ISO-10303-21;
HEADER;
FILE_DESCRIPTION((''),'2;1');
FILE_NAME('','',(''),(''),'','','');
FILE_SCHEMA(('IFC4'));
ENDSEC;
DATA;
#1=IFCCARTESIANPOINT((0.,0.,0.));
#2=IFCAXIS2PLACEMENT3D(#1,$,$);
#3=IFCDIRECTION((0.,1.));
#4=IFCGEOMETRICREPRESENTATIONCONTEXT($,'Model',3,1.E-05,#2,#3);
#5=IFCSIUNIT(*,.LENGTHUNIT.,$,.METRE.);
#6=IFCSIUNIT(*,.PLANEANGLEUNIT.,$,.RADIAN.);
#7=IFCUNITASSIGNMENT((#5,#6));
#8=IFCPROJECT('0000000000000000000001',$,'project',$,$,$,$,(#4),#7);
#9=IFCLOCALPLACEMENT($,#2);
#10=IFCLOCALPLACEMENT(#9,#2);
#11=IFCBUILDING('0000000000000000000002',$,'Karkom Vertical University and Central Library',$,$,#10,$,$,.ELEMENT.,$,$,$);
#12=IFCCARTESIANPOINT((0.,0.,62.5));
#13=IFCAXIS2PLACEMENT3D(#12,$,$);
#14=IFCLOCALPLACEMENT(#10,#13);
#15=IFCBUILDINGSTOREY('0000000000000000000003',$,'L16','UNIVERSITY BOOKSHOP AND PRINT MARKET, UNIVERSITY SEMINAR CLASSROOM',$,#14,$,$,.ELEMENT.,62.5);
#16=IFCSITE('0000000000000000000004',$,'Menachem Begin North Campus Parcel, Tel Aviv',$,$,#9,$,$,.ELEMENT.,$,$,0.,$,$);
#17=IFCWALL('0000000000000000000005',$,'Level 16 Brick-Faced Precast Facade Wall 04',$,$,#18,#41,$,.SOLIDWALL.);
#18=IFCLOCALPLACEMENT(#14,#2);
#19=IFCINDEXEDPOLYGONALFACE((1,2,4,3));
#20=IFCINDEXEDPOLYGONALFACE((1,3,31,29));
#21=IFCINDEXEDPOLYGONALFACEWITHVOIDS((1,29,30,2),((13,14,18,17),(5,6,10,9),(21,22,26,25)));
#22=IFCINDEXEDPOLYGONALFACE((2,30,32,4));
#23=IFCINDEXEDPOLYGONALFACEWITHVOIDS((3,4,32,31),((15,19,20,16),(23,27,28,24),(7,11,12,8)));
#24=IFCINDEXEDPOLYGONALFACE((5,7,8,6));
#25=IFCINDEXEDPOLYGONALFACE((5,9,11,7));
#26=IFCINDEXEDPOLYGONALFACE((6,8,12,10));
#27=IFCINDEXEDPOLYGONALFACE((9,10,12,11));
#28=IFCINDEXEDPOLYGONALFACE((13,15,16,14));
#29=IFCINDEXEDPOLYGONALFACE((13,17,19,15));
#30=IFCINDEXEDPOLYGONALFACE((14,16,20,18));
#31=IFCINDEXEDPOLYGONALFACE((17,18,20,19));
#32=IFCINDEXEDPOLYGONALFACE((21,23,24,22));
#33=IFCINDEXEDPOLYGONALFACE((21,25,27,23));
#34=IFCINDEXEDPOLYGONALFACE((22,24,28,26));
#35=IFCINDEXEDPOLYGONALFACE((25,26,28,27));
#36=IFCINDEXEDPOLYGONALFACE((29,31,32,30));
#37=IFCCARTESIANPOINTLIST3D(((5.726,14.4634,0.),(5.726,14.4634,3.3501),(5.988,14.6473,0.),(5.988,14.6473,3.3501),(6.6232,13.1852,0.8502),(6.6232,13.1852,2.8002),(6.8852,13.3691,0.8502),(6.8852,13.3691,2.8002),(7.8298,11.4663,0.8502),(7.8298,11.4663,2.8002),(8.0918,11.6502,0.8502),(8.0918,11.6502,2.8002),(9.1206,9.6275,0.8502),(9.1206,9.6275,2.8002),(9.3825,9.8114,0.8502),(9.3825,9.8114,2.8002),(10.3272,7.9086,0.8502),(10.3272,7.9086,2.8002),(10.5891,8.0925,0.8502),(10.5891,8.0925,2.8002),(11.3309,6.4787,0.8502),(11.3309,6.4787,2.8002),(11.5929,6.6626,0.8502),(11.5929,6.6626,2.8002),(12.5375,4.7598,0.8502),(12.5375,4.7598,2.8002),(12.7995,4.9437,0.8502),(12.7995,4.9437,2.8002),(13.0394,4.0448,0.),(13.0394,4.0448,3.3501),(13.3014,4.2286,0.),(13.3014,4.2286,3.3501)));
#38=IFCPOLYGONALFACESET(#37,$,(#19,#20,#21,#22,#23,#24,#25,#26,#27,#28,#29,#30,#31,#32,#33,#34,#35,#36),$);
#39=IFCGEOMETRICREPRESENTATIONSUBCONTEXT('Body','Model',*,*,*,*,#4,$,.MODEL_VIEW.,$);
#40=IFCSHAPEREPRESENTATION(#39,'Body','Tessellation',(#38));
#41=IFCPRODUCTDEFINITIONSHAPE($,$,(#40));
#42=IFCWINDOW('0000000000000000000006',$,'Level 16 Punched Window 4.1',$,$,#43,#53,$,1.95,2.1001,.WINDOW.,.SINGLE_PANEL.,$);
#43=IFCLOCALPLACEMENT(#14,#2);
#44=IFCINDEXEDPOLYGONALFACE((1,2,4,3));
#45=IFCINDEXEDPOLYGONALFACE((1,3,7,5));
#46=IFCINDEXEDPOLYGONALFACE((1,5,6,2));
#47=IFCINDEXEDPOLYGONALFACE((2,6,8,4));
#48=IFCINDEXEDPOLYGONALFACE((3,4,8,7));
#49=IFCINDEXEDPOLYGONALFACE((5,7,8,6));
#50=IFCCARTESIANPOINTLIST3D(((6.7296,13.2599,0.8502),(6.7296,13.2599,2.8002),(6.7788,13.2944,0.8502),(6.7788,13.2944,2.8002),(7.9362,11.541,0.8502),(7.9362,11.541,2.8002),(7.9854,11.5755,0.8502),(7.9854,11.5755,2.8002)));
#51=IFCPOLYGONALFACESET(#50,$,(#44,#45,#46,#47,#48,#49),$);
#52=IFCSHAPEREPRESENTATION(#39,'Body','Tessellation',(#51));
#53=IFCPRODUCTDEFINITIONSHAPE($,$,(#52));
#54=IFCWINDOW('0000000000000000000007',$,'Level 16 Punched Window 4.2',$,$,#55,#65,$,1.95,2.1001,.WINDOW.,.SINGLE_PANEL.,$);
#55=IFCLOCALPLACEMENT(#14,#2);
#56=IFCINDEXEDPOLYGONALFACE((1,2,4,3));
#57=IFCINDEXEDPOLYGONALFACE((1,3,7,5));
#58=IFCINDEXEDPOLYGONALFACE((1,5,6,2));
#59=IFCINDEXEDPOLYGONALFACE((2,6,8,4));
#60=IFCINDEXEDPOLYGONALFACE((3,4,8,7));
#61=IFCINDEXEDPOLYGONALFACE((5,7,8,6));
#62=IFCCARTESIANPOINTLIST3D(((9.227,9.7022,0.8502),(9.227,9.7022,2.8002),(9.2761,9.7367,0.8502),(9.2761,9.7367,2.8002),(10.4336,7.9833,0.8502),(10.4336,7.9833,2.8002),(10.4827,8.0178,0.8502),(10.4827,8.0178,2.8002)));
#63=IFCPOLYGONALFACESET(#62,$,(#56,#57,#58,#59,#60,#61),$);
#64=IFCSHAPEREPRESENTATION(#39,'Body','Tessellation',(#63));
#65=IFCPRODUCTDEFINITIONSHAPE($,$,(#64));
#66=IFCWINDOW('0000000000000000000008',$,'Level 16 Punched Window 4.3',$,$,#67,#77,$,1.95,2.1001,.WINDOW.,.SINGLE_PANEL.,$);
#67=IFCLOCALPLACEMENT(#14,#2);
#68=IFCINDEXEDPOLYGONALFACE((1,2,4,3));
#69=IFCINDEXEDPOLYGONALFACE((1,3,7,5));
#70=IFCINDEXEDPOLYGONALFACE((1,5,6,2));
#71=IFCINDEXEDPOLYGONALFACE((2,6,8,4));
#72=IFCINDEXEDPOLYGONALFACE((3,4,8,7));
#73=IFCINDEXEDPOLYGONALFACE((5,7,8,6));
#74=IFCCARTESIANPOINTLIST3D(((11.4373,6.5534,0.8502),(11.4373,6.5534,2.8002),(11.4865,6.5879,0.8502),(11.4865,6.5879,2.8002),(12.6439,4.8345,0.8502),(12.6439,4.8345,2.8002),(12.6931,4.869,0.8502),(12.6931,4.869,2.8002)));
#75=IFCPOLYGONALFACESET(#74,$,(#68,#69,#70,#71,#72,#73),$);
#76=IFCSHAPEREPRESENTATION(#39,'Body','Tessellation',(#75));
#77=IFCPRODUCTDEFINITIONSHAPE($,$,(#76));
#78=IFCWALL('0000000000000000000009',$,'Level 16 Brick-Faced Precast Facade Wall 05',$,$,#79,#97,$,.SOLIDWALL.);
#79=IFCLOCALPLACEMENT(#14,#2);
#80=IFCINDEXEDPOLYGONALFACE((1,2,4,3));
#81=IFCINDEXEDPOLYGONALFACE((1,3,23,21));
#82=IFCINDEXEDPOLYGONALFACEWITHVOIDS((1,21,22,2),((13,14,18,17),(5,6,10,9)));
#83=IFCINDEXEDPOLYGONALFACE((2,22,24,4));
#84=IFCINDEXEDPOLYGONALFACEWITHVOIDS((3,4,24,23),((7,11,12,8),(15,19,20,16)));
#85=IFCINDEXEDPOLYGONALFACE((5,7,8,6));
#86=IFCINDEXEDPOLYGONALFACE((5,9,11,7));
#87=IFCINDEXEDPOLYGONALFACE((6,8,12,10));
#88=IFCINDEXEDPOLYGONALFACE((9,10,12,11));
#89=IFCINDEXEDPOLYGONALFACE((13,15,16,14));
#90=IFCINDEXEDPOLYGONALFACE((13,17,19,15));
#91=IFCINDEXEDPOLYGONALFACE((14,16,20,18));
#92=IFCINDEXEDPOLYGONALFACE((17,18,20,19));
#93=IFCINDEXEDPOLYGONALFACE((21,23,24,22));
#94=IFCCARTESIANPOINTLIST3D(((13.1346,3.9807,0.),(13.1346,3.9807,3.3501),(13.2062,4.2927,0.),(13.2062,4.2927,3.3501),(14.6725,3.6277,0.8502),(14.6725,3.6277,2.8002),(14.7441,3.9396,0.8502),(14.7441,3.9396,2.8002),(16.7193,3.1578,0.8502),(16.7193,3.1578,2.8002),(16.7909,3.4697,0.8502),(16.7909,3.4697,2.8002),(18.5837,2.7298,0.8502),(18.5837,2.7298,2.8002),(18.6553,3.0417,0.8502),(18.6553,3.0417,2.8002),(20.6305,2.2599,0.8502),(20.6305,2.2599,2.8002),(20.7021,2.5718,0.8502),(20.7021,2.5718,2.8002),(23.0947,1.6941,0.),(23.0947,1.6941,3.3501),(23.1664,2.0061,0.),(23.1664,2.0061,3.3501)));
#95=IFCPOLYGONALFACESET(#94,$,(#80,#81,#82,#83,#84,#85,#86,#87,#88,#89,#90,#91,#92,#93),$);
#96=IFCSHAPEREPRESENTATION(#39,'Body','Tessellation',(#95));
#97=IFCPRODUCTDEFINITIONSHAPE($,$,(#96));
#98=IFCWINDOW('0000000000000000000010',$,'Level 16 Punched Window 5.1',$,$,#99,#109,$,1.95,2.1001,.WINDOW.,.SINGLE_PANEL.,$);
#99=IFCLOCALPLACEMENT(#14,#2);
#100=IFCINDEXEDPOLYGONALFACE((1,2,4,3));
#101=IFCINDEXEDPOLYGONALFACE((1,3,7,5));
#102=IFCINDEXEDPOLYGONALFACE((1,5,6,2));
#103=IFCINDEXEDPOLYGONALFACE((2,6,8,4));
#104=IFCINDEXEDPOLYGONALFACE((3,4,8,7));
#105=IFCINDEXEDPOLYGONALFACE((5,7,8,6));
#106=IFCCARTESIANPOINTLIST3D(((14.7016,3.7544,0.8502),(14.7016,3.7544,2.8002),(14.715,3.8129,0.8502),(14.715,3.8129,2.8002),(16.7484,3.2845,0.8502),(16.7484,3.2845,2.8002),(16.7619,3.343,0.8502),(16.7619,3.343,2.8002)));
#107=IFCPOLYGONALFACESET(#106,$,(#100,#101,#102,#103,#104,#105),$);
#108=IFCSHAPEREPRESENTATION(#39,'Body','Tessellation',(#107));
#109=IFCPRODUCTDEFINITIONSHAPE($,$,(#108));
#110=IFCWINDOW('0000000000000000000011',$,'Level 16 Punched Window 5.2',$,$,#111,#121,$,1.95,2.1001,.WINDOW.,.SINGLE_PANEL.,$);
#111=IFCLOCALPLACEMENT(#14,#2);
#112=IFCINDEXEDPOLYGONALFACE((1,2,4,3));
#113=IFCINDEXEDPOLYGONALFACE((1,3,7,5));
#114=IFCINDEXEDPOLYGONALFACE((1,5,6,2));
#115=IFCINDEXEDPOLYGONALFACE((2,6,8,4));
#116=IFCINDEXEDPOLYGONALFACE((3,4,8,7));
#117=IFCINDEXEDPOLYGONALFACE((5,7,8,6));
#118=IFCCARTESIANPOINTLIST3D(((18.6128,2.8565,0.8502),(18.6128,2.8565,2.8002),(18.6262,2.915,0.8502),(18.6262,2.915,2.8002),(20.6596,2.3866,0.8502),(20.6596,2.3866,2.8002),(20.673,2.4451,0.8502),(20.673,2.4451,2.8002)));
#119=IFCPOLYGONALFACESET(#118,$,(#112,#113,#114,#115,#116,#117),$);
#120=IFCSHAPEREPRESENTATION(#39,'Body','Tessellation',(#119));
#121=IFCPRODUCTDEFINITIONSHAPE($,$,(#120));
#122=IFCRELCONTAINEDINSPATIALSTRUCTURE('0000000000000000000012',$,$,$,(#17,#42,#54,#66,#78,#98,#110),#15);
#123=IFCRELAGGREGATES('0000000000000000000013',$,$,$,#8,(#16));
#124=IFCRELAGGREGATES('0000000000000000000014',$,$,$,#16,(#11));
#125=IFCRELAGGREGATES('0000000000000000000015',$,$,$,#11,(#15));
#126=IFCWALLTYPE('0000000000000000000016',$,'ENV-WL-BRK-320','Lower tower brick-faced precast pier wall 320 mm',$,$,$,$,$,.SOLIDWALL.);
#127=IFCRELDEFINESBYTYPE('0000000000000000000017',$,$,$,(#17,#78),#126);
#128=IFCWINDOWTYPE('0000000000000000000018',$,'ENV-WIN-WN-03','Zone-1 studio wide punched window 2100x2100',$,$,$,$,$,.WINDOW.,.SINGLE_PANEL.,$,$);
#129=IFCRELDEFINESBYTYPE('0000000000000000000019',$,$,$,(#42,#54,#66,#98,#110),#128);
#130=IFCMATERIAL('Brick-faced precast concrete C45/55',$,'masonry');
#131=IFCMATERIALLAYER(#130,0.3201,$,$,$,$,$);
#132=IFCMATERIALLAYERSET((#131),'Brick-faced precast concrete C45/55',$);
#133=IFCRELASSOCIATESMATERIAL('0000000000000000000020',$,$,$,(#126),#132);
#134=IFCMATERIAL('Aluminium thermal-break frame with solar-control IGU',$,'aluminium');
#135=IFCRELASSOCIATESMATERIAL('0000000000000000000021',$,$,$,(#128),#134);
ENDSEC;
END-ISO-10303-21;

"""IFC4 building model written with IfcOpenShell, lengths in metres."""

from ifc_helpers import new_model, si_unit, direction, frame, frame_2d, origin, origin_with_axes, place, context, subcontext, project, spatial, rectangle, extrude, source, transform, mapped, material, layer, layer_set, type_object, element, fill, save


model = new_model("IFC4")

# Units and contexts
model_context = context("Model", 3, precision=1e-05, world=origin(), true_north=direction((0.0, 1.0)))
body_context = subcontext(model_context, "Body", "Model", "MODEL_VIEW")
ifc_project = project(units=[si_unit("LENGTHUNIT", "METRE"), si_unit("PLANEANGLEUNIT", "RADIAN")], contexts=[model_context])

# Site, building, storey
site_placement = place(None, origin())
site = spatial("IfcSite", under=ifc_project, at=site_placement, Name="Menachem Begin North Campus Parcel, Tel Aviv", CompositionType="ELEMENT", RefElevation=0.0)
building_placement = place(site_placement, origin())
building = spatial("IfcBuilding", under=site, at=building_placement, Name="Karkom Vertical University and Central Library", CompositionType="ELEMENT")
storey_placement = place(building_placement, frame((0.0, 0.0, 62.5)))
storey = spatial("IfcBuildingStorey", under=building, at=storey_placement, Name="L16", Description="UNIVERSITY BOOKSHOP AND PRINT MARKET, UNIVERSITY SEMINAR CLASSROOM", CompositionType="ELEMENT", Elevation=62.5)

# Walls, openings, windows
ifc_material_1 = material(Name="Brick-faced precast concrete C45/55", Category="masonry")
ifc_layer_1 = layer(ifc_material_1, 0.3201)
ifc_layer_set_1 = layer_set([ifc_layer_1], Name="Brick-faced precast concrete C45/55")
wall_type_1 = type_object("IfcWallType", Name="ENV-WL-BRK-320", Description="Lower tower brick-faced precast pier wall 320 mm", PredefinedType="SOLIDWALL", material=ifc_layer_set_1)
wall_1_placement = place(storey_placement, frame((5.8569, 14.5554, 0.0), z_axis=(0.0, 0.0, 1.0), x_axis=(0.574537, -0.818479, 0.0)))
wall_1 = element("IfcWall", 1, at=wall_1_placement, inside=storey, type_object=wall_type_1, Name="Level 16 Brick-Faced Precast Facade Wall 04", PredefinedType="SOLIDWALL", context=body_context, shape_type="SweptSolid", body=[
    extrude(rectangle(XDim=12.7292, YDim=0.3201, at=frame_2d((6.3647, 0.0))), origin(), (0.0, 0.0, 1.0), 3.3501),
])
opening_1_placement = place(wall_1_placement, frame((1.5618, 0.0, 0.8501)))
opening_1 = element("IfcOpeningElement", 2, at=opening_1_placement, cuts=wall_1, PredefinedType="OPENING", context=body_context, shape_type="SweptSolid", body=[
    extrude(rectangle(XDim=2.1001, YDim=1.95, at=frame_2d((1.05, 0.9751))), frame((0.0, 0.1699, 0.0), z_axis=(0.0, -1.0, 0.0), x_axis=(1.0, 0.0, 0.0)), (0.0, 0.0, 1.0), 0.3401),
])
opening_2_placement = place(wall_1_placement, frame((5.9084, 0.0, 0.8501)))
opening_2 = element("IfcOpeningElement", 3, at=opening_2_placement, cuts=wall_1, PredefinedType="OPENING", context=body_context, shape_type="SweptSolid", body=[
    extrude(rectangle(XDim=2.1001, YDim=1.95, at=frame_2d((1.05, 0.9751))), frame((0.0, 0.1699, 0.0), z_axis=(0.0, -1.0, 0.0), x_axis=(1.0, 0.0, 0.0)), (0.0, 0.0, 1.0), 0.3401),
])
opening_3_placement = place(wall_1_placement, frame((9.7556, 0.0, 0.8501)))
opening_3 = element("IfcOpeningElement", 4, at=opening_3_placement, cuts=wall_1, PredefinedType="OPENING", context=body_context, shape_type="SweptSolid", body=[
    extrude(rectangle(XDim=2.1001, YDim=1.95, at=frame_2d((1.05, 0.9751))), frame((0.0, 0.1699, 0.0), z_axis=(0.0, -1.0, 0.0), x_axis=(1.0, 0.0, 0.0)), (0.0, 0.0, 1.0), 0.3401),
])
ifc_material_2 = material(Name="Aluminium thermal-break frame with solar-control IGU", Category="aluminium")
window_type = type_object("IfcWindowType", Name="ENV-WIN-WN-03", Description="Zone-1 studio wide punched window 2100x2100", PartitioningType="SINGLE_PANEL", PredefinedType="WINDOW", material=ifc_material_2)
shared_shape_1 = source(origin_with_axes(), body_context, "Body", "SweptSolid", [
    extrude(rectangle(XDim=2.1001, YDim=1.95, at=frame_2d((1.05, 0.9751))), frame((0.0, 0.03, 0.0), z_axis=(0.0, -1.0, 0.0), x_axis=(1.0, 0.0, 0.0)), (0.0, 0.0, 1.0), 0.0601),
])
window_1_placement = place(opening_1_placement, origin())
window_1 = element("IfcWindow", 5, at=window_1_placement, inside=storey, type_object=window_type, Name="Level 16 Punched Window 4.1", OverallHeight=1.95, OverallWidth=2.1001, PartitioningType="SINGLE_PANEL", PredefinedType="WINDOW", context=body_context, shape_type="MappedRepresentation", body=[
    mapped(shared_shape_1, transform((0.0, 0.0, 0.0), scale=1.0)),
])
fill(opening_1, window_1)
window_2_placement = place(opening_2_placement, origin())
window_2 = element("IfcWindow", 6, at=window_2_placement, inside=storey, type_object=window_type, Name="Level 16 Punched Window 4.2", OverallHeight=1.95, OverallWidth=2.1001, PartitioningType="SINGLE_PANEL", PredefinedType="WINDOW", context=body_context, shape_type="MappedRepresentation", body=[
    mapped(shared_shape_1, transform((0.0, 0.0, 0.0), scale=1.0)),
])
fill(opening_2, window_2)
window_3_placement = place(opening_3_placement, origin())
window_3 = element("IfcWindow", 7, at=window_3_placement, inside=storey, type_object=window_type, Name="Level 16 Punched Window 4.3", OverallHeight=1.95, OverallWidth=2.1001, PartitioningType="SINGLE_PANEL", PredefinedType="WINDOW", context=body_context, shape_type="MappedRepresentation", body=[
    mapped(shared_shape_1, transform((0.0, 0.0, 0.0), scale=1.0)),
])
fill(opening_3, window_3)
wall_2_placement = place(storey_placement, frame((13.1704, 4.1367, 0.0), z_axis=(0.0, 0.0, 1.0), x_axis=(0.974645, -0.223755, 0.0)))
wall_2 = element("IfcWall", 8, at=wall_2_placement, inside=storey, type_object=wall_type_1, Name="Level 16 Brick-Faced Precast Facade Wall 05", PredefinedType="SOLIDWALL", context=body_context, shape_type="SweptSolid", body=[
    extrude(rectangle(XDim=10.2192, YDim=0.3201, at=frame_2d((5.1096, 0.0))), origin(), (0.0, 0.0, 1.0), 3.3501),
])
opening_4_placement = place(wall_2_placement, frame((1.5779, 0.0, 0.8501)))
opening_4 = element("IfcOpeningElement", 9, at=opening_4_placement, cuts=wall_2, PredefinedType="OPENING", context=body_context, shape_type="SweptSolid", body=[
    extrude(rectangle(XDim=2.1001, YDim=1.95, at=frame_2d((1.05, 0.9751))), frame((0.0, 0.1699, 0.0), z_axis=(0.0, -1.0, 0.0), x_axis=(1.0, 0.0, 0.0)), (0.0, 0.0, 1.0), 0.3401),
])
opening_5_placement = place(wall_2_placement, frame((5.5908, 0.0, 0.8501)))
opening_5 = element("IfcOpeningElement", 10, at=opening_5_placement, cuts=wall_2, PredefinedType="OPENING", context=body_context, shape_type="SweptSolid", body=[
    extrude(rectangle(XDim=2.1001, YDim=1.95, at=frame_2d((1.05, 0.9751))), frame((0.0, 0.1699, 0.0), z_axis=(0.0, -1.0, 0.0), x_axis=(1.0, 0.0, 0.0)), (0.0, 0.0, 1.0), 0.3401),
])
window_4_placement = place(opening_4_placement, origin())
window_4 = element("IfcWindow", 11, at=window_4_placement, inside=storey, type_object=window_type, Name="Level 16 Punched Window 5.1", OverallHeight=1.95, OverallWidth=2.1001, PartitioningType="SINGLE_PANEL", PredefinedType="WINDOW", context=body_context, shape_type="MappedRepresentation", body=[
    mapped(shared_shape_1, transform((0.0, 0.0, 0.0), scale=1.0)),
])
fill(opening_4, window_4)
window_5_placement = place(opening_5_placement, origin())
window_5 = element("IfcWindow", 12, at=window_5_placement, inside=storey, type_object=window_type, Name="Level 16 Punched Window 5.2", OverallHeight=1.95, OverallWidth=2.1001, PartitioningType="SINGLE_PANEL", PredefinedType="WINDOW", context=body_context, shape_type="MappedRepresentation", body=[
    mapped(shared_shape_1, transform((0.0, 0.0, 0.0), scale=1.0)),
])
fill(opening_5, window_5)

save(model, "model.ifc")
